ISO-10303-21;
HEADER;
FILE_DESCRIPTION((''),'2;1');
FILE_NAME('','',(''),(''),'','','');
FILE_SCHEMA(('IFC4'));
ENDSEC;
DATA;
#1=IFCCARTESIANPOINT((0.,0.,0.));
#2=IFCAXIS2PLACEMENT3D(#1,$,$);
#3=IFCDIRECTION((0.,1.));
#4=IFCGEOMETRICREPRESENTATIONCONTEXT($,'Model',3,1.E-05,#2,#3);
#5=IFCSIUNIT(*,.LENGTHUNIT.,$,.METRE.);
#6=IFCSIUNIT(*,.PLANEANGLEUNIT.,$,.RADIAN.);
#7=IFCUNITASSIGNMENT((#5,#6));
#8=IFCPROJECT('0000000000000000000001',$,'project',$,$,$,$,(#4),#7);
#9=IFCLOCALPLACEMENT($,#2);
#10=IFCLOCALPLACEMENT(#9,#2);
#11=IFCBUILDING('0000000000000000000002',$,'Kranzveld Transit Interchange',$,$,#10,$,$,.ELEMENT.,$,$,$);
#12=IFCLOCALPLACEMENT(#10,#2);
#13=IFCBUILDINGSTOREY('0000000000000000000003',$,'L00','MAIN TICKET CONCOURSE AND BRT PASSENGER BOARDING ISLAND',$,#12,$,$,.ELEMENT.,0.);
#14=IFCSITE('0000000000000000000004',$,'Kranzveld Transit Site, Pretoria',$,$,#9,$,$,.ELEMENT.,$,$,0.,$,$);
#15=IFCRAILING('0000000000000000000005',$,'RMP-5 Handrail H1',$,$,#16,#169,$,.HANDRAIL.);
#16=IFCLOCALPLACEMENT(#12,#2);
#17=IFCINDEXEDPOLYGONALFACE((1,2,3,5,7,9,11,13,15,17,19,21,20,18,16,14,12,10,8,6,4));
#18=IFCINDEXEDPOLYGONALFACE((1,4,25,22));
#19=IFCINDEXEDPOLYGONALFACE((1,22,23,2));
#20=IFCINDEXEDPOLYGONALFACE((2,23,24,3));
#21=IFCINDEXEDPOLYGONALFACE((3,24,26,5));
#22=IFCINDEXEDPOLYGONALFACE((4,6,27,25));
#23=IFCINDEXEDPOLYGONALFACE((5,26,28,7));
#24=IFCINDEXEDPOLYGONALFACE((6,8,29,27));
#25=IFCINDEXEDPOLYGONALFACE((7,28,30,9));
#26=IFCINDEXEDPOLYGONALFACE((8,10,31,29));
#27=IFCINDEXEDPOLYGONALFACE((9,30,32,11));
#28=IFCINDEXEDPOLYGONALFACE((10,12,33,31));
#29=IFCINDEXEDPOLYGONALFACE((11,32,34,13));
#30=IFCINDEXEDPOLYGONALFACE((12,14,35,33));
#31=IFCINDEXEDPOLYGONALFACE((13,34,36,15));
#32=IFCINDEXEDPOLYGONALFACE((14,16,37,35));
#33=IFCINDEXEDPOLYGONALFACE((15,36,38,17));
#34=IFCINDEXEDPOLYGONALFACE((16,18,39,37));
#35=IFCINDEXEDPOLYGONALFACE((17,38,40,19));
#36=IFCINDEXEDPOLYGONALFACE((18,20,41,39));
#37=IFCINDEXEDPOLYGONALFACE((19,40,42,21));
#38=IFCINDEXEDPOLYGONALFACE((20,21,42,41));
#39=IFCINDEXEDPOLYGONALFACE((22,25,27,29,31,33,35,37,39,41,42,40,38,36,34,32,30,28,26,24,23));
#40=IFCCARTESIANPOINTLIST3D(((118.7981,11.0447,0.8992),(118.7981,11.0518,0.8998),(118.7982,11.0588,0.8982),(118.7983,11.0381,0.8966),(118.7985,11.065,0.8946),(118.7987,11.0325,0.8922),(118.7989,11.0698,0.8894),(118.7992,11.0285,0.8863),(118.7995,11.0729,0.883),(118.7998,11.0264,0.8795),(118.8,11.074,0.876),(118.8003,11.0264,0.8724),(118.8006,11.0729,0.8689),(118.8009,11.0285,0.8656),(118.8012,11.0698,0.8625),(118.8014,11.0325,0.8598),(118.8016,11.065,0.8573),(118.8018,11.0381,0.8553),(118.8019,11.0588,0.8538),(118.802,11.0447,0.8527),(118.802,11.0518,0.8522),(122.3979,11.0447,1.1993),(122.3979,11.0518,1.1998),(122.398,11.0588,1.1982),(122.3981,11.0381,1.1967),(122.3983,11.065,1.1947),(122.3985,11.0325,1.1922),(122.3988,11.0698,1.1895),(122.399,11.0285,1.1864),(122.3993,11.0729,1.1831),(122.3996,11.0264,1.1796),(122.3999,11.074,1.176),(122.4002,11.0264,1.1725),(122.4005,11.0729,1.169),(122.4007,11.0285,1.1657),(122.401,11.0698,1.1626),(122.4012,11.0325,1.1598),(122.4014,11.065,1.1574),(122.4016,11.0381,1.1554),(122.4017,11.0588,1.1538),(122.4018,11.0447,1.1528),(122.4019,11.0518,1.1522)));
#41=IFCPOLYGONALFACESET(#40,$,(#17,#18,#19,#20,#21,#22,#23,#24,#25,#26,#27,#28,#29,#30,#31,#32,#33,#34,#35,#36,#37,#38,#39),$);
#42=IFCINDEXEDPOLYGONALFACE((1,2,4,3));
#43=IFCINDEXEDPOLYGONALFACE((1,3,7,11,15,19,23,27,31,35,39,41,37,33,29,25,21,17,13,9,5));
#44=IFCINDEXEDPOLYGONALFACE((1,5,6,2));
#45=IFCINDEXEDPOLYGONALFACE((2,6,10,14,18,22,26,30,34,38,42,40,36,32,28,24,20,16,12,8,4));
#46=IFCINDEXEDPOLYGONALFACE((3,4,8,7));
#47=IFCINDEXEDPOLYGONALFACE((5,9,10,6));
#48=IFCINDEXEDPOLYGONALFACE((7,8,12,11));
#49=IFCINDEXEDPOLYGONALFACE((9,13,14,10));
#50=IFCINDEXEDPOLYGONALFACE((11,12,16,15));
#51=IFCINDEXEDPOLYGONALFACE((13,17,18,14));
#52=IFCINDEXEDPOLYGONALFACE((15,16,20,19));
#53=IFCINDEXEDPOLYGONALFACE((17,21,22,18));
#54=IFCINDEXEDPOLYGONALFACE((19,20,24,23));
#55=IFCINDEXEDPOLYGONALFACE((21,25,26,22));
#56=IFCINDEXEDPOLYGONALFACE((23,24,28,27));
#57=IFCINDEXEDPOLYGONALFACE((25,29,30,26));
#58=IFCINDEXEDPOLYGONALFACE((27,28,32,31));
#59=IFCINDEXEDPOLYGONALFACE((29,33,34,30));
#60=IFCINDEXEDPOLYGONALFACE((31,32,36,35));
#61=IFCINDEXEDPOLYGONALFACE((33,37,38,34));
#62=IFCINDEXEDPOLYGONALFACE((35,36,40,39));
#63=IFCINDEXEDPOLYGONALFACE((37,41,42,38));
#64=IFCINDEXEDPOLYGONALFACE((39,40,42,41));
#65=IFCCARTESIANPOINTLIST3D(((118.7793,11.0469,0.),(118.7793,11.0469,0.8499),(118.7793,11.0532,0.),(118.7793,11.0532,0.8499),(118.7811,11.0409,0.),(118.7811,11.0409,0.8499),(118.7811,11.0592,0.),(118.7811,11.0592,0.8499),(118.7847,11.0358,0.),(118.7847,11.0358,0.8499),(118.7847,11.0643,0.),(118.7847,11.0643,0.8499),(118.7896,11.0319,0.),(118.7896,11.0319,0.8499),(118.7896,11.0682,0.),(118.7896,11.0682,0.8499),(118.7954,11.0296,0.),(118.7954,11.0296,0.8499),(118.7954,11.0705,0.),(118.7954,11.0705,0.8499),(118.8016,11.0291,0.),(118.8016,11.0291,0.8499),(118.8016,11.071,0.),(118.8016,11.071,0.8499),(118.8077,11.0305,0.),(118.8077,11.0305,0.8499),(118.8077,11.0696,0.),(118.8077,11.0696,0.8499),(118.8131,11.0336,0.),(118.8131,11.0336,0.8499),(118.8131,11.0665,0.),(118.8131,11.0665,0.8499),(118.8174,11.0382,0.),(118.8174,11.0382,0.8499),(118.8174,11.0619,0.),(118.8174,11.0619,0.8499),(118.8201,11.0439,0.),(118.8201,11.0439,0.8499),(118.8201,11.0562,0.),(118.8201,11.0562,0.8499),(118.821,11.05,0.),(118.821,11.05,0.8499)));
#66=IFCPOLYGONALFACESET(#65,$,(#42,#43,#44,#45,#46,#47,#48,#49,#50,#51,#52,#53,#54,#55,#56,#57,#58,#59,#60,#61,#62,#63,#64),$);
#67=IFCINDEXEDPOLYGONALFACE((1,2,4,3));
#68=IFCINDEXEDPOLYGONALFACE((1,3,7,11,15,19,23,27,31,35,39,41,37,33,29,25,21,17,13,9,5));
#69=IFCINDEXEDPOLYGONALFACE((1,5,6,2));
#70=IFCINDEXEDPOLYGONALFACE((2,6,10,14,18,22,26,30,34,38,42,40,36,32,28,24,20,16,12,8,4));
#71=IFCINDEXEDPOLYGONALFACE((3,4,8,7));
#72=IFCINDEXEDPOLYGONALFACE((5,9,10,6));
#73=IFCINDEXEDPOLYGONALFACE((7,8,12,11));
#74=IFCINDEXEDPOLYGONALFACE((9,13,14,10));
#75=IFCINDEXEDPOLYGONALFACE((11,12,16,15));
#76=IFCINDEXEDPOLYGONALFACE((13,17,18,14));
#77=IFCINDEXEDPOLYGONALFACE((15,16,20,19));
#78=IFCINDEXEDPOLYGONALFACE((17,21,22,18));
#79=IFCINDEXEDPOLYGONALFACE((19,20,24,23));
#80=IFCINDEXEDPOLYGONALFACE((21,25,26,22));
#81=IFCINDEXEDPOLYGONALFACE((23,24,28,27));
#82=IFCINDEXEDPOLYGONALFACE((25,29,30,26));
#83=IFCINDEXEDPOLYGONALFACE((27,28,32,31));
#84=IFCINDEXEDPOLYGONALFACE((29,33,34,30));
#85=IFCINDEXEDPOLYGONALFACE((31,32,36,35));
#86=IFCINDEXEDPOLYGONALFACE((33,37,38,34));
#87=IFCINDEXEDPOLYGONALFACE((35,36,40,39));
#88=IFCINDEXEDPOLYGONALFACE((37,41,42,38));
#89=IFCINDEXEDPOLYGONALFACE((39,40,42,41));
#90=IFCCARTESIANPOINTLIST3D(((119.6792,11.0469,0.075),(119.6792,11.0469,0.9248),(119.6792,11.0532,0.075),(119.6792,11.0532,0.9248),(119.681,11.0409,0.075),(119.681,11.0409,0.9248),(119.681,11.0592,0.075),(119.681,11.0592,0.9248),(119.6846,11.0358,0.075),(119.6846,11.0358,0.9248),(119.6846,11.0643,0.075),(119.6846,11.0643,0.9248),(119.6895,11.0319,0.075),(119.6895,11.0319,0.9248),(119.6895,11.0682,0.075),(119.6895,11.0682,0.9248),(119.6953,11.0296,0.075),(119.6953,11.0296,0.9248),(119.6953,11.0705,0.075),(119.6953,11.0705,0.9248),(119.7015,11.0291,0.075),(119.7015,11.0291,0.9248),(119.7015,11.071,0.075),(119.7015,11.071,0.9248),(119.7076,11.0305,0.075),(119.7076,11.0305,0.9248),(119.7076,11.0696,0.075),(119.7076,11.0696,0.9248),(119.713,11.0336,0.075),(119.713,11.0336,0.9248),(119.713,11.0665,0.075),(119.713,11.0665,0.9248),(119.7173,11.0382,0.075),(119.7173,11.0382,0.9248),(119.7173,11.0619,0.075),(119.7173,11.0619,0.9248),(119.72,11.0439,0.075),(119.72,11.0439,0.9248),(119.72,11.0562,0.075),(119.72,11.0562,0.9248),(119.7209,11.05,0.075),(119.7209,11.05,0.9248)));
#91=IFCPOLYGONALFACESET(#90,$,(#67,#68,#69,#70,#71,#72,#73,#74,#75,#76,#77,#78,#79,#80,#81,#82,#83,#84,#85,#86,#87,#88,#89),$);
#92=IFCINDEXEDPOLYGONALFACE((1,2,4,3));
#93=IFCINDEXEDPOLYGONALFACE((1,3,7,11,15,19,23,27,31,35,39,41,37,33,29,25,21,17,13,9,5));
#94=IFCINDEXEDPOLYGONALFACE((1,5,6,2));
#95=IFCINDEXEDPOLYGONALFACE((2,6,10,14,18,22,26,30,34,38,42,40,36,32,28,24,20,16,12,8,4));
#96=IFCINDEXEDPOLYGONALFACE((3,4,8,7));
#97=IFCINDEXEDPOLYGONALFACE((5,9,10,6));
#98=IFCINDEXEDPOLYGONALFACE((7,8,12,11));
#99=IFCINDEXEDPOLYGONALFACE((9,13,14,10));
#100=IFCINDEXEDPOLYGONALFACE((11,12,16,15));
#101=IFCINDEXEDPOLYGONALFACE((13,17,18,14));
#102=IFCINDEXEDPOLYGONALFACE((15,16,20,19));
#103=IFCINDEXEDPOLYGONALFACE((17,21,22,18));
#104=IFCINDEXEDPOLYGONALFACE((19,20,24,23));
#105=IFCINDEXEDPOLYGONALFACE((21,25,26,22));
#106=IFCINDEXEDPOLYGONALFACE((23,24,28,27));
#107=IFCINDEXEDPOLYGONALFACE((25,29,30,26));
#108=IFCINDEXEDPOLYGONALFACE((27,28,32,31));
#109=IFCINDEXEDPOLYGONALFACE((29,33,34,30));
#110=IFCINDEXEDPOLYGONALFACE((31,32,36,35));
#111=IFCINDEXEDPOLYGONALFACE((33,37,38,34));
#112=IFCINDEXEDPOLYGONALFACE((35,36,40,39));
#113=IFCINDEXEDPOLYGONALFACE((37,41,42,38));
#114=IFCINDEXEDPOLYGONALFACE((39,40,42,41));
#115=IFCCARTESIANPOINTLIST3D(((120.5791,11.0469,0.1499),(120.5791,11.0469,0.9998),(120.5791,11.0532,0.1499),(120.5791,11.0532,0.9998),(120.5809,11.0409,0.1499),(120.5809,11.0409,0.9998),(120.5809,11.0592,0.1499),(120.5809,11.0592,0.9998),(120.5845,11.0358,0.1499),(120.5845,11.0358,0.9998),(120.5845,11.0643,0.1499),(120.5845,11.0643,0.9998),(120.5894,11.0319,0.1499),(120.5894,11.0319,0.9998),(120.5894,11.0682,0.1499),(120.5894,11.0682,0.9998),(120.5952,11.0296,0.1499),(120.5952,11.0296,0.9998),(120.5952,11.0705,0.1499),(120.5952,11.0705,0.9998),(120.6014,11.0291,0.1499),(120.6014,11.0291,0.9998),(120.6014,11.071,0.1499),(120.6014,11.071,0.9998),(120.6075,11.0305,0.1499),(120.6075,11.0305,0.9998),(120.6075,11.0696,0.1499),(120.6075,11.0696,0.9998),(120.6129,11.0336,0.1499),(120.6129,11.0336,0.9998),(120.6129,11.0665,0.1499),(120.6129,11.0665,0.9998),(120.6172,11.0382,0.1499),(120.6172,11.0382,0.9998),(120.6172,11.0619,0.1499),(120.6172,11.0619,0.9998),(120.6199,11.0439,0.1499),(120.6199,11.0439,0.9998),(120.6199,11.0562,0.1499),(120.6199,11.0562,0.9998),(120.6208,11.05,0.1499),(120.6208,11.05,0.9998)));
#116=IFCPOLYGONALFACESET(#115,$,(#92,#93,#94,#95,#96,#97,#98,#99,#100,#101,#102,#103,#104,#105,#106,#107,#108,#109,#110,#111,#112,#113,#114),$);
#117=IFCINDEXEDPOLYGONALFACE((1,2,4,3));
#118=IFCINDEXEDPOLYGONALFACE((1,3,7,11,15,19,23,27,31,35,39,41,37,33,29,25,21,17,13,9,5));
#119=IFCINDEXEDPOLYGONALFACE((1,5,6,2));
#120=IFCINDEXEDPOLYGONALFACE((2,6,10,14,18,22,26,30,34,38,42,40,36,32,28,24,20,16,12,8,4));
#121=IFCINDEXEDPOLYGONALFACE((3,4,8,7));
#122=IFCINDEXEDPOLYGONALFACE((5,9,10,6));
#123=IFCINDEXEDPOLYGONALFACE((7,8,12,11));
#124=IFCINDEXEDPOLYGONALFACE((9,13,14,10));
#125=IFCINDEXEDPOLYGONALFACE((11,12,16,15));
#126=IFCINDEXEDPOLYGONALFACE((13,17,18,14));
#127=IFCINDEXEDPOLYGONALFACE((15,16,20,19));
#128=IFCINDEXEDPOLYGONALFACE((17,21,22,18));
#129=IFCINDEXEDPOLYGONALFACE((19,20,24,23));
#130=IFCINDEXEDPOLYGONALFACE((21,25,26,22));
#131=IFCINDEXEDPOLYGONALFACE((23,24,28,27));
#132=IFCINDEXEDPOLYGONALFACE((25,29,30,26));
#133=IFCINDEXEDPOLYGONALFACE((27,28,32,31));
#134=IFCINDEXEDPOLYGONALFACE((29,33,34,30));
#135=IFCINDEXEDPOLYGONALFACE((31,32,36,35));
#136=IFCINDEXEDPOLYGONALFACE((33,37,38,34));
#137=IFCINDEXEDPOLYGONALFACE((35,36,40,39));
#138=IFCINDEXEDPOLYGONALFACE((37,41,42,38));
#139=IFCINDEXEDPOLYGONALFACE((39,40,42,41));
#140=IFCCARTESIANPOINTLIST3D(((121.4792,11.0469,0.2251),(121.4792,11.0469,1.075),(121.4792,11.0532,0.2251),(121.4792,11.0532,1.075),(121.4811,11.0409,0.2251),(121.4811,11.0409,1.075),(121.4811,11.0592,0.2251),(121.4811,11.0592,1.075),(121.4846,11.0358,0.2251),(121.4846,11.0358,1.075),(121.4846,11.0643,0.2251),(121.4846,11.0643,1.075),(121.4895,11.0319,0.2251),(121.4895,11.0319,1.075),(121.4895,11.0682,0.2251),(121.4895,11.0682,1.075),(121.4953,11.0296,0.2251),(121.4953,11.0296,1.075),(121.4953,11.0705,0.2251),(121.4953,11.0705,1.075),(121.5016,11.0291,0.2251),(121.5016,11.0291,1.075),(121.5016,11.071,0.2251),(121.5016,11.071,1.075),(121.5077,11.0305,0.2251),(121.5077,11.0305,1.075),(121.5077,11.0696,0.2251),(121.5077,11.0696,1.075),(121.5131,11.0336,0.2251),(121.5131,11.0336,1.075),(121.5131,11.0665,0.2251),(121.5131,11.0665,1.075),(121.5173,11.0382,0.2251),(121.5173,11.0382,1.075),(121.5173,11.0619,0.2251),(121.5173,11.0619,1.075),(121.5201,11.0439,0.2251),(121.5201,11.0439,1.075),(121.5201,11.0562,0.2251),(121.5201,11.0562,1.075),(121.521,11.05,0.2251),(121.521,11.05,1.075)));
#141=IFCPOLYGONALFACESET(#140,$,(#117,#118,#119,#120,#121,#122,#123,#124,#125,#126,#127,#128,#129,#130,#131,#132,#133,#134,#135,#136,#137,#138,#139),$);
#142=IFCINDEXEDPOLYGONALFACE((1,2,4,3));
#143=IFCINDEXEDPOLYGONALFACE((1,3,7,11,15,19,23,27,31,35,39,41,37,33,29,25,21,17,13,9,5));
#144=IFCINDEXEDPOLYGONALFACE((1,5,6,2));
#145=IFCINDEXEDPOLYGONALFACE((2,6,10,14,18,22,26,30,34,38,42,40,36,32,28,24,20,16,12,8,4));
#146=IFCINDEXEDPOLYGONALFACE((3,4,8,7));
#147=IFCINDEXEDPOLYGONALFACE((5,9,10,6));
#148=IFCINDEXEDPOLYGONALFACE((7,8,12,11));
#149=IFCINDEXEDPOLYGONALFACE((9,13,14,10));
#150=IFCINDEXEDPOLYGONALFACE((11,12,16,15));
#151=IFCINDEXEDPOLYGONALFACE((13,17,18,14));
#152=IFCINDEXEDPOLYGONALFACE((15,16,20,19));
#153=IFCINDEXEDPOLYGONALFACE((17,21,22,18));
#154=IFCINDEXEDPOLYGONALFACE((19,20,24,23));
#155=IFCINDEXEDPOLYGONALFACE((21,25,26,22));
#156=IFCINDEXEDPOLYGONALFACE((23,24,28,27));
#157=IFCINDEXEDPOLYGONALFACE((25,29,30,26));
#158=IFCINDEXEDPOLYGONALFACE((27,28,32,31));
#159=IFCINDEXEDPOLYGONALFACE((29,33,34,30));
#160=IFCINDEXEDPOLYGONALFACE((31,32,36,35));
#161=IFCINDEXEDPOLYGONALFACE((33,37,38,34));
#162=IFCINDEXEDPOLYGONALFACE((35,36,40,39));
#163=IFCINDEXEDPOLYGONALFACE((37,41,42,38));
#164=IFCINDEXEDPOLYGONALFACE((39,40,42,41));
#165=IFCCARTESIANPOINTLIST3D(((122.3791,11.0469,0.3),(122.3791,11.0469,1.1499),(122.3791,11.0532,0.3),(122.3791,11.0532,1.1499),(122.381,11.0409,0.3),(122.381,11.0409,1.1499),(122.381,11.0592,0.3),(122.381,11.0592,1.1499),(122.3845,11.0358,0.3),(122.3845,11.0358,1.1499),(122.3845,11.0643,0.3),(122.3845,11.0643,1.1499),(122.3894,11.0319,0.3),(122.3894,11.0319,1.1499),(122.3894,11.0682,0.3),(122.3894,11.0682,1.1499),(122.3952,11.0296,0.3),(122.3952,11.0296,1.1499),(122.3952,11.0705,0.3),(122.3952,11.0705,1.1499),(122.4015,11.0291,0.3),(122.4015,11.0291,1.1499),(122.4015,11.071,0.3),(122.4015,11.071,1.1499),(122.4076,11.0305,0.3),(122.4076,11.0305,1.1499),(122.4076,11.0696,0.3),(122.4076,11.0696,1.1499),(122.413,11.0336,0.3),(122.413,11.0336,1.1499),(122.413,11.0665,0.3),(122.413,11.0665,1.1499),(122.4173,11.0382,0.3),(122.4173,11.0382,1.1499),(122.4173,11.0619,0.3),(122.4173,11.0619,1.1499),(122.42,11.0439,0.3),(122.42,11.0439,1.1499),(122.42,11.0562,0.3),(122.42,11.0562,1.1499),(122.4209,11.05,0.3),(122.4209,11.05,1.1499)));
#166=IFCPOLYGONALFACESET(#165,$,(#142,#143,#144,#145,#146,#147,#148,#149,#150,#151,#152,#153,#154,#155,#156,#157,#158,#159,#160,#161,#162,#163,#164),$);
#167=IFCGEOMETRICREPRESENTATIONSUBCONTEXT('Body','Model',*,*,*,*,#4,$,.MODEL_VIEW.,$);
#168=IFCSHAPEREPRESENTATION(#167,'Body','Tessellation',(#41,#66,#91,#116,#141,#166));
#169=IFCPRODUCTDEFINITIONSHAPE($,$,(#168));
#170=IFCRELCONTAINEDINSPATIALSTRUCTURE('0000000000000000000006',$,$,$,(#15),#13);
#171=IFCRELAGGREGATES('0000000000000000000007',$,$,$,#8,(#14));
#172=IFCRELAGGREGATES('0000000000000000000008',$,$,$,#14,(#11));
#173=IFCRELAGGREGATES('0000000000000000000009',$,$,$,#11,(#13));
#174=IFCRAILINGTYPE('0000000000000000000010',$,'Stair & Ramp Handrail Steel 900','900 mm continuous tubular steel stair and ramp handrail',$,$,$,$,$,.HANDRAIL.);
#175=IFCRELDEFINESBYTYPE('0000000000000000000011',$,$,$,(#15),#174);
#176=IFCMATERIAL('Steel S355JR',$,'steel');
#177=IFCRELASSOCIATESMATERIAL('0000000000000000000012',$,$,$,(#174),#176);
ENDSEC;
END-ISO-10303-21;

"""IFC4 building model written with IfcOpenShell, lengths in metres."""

from ifc_helpers import new_model, si_unit, direction, frame, origin, origin_2d, place, context, subcontext, project, spatial, circle, extrude, material, type_object, element, save


model = new_model("IFC4")

# Units and contexts
model_context = context("Model", 3, precision=1e-05, world=origin(), true_north=direction((0.0, 1.0)))
body_context = subcontext(model_context, "Body", "Model", "MODEL_VIEW")
ifc_project = project(units=[si_unit("LENGTHUNIT", "METRE"), si_unit("PLANEANGLEUNIT", "RADIAN")], contexts=[model_context])

# Site, building, storey
site_placement = place(None, origin())
site = spatial("IfcSite", under=ifc_project, at=site_placement, Name="Kranzveld Transit Site, Pretoria", CompositionType="ELEMENT", RefElevation=0.0)
building_placement = place(site_placement, origin())
building = spatial("IfcBuilding", under=site, at=building_placement, Name="Kranzveld Transit Interchange", CompositionType="ELEMENT")
storey_placement = place(building_placement, origin())
storey = spatial("IfcBuildingStorey", under=building, at=storey_placement, Name="L00", Description="MAIN TICKET CONCOURSE AND BRT PASSENGER BOARDING ISLAND", CompositionType="ELEMENT", Elevation=0.0)

# Railing
ifc_material_1 = material(Name="Steel S355JR", Category="steel")
railing_type = type_object("IfcRailingType", Name="Stair & Ramp Handrail Steel 900", Description="900 mm continuous tubular steel stair and ramp handrail", PredefinedType="HANDRAIL", material=ifc_material_1)
for number, where, name in (
    (1, (118.8, 11.05, 0.0), "RMP-5 Handrail H1"),
):
    element("IfcRailing", number, at=place(storey_placement, frame(where)), inside=storey, type_object=railing_type, Name=name, PredefinedType="HANDRAIL", context=body_context, shape_type="SweptSolid", body=[
        extrude(circle(Radius=0.0239, at=origin_2d()), frame((0.0, 0.0, 0.876), z_axis=(0.996544, 0.0, 0.083062), x_axis=(0.0, 1.0, 0.0)), (0.0, 0.0, 1.0), 3.6123),
        extrude(circle(Radius=0.021, at=origin_2d()), origin(), (0.0, 0.0, 1.0), 0.8499),
        extrude(circle(Radius=0.021, at=origin_2d()), frame((0.8999, 0.0, 0.075)), (0.0, 0.0, 1.0), 0.8499),
        extrude(circle(Radius=0.021, at=origin_2d()), frame((1.7998, 0.0, 0.1499)), (0.0, 0.0, 1.0), 0.8499),
        extrude(circle(Radius=0.021, at=origin_2d()), frame((2.7, 0.0, 0.2251)), (0.0, 0.0, 1.0), 0.8499),
        extrude(circle(Radius=0.021, at=origin_2d()), frame((3.5999, 0.0, 0.3)), (0.0, 0.0, 1.0), 0.8499),
    ])

save(model, "model.ifc")
